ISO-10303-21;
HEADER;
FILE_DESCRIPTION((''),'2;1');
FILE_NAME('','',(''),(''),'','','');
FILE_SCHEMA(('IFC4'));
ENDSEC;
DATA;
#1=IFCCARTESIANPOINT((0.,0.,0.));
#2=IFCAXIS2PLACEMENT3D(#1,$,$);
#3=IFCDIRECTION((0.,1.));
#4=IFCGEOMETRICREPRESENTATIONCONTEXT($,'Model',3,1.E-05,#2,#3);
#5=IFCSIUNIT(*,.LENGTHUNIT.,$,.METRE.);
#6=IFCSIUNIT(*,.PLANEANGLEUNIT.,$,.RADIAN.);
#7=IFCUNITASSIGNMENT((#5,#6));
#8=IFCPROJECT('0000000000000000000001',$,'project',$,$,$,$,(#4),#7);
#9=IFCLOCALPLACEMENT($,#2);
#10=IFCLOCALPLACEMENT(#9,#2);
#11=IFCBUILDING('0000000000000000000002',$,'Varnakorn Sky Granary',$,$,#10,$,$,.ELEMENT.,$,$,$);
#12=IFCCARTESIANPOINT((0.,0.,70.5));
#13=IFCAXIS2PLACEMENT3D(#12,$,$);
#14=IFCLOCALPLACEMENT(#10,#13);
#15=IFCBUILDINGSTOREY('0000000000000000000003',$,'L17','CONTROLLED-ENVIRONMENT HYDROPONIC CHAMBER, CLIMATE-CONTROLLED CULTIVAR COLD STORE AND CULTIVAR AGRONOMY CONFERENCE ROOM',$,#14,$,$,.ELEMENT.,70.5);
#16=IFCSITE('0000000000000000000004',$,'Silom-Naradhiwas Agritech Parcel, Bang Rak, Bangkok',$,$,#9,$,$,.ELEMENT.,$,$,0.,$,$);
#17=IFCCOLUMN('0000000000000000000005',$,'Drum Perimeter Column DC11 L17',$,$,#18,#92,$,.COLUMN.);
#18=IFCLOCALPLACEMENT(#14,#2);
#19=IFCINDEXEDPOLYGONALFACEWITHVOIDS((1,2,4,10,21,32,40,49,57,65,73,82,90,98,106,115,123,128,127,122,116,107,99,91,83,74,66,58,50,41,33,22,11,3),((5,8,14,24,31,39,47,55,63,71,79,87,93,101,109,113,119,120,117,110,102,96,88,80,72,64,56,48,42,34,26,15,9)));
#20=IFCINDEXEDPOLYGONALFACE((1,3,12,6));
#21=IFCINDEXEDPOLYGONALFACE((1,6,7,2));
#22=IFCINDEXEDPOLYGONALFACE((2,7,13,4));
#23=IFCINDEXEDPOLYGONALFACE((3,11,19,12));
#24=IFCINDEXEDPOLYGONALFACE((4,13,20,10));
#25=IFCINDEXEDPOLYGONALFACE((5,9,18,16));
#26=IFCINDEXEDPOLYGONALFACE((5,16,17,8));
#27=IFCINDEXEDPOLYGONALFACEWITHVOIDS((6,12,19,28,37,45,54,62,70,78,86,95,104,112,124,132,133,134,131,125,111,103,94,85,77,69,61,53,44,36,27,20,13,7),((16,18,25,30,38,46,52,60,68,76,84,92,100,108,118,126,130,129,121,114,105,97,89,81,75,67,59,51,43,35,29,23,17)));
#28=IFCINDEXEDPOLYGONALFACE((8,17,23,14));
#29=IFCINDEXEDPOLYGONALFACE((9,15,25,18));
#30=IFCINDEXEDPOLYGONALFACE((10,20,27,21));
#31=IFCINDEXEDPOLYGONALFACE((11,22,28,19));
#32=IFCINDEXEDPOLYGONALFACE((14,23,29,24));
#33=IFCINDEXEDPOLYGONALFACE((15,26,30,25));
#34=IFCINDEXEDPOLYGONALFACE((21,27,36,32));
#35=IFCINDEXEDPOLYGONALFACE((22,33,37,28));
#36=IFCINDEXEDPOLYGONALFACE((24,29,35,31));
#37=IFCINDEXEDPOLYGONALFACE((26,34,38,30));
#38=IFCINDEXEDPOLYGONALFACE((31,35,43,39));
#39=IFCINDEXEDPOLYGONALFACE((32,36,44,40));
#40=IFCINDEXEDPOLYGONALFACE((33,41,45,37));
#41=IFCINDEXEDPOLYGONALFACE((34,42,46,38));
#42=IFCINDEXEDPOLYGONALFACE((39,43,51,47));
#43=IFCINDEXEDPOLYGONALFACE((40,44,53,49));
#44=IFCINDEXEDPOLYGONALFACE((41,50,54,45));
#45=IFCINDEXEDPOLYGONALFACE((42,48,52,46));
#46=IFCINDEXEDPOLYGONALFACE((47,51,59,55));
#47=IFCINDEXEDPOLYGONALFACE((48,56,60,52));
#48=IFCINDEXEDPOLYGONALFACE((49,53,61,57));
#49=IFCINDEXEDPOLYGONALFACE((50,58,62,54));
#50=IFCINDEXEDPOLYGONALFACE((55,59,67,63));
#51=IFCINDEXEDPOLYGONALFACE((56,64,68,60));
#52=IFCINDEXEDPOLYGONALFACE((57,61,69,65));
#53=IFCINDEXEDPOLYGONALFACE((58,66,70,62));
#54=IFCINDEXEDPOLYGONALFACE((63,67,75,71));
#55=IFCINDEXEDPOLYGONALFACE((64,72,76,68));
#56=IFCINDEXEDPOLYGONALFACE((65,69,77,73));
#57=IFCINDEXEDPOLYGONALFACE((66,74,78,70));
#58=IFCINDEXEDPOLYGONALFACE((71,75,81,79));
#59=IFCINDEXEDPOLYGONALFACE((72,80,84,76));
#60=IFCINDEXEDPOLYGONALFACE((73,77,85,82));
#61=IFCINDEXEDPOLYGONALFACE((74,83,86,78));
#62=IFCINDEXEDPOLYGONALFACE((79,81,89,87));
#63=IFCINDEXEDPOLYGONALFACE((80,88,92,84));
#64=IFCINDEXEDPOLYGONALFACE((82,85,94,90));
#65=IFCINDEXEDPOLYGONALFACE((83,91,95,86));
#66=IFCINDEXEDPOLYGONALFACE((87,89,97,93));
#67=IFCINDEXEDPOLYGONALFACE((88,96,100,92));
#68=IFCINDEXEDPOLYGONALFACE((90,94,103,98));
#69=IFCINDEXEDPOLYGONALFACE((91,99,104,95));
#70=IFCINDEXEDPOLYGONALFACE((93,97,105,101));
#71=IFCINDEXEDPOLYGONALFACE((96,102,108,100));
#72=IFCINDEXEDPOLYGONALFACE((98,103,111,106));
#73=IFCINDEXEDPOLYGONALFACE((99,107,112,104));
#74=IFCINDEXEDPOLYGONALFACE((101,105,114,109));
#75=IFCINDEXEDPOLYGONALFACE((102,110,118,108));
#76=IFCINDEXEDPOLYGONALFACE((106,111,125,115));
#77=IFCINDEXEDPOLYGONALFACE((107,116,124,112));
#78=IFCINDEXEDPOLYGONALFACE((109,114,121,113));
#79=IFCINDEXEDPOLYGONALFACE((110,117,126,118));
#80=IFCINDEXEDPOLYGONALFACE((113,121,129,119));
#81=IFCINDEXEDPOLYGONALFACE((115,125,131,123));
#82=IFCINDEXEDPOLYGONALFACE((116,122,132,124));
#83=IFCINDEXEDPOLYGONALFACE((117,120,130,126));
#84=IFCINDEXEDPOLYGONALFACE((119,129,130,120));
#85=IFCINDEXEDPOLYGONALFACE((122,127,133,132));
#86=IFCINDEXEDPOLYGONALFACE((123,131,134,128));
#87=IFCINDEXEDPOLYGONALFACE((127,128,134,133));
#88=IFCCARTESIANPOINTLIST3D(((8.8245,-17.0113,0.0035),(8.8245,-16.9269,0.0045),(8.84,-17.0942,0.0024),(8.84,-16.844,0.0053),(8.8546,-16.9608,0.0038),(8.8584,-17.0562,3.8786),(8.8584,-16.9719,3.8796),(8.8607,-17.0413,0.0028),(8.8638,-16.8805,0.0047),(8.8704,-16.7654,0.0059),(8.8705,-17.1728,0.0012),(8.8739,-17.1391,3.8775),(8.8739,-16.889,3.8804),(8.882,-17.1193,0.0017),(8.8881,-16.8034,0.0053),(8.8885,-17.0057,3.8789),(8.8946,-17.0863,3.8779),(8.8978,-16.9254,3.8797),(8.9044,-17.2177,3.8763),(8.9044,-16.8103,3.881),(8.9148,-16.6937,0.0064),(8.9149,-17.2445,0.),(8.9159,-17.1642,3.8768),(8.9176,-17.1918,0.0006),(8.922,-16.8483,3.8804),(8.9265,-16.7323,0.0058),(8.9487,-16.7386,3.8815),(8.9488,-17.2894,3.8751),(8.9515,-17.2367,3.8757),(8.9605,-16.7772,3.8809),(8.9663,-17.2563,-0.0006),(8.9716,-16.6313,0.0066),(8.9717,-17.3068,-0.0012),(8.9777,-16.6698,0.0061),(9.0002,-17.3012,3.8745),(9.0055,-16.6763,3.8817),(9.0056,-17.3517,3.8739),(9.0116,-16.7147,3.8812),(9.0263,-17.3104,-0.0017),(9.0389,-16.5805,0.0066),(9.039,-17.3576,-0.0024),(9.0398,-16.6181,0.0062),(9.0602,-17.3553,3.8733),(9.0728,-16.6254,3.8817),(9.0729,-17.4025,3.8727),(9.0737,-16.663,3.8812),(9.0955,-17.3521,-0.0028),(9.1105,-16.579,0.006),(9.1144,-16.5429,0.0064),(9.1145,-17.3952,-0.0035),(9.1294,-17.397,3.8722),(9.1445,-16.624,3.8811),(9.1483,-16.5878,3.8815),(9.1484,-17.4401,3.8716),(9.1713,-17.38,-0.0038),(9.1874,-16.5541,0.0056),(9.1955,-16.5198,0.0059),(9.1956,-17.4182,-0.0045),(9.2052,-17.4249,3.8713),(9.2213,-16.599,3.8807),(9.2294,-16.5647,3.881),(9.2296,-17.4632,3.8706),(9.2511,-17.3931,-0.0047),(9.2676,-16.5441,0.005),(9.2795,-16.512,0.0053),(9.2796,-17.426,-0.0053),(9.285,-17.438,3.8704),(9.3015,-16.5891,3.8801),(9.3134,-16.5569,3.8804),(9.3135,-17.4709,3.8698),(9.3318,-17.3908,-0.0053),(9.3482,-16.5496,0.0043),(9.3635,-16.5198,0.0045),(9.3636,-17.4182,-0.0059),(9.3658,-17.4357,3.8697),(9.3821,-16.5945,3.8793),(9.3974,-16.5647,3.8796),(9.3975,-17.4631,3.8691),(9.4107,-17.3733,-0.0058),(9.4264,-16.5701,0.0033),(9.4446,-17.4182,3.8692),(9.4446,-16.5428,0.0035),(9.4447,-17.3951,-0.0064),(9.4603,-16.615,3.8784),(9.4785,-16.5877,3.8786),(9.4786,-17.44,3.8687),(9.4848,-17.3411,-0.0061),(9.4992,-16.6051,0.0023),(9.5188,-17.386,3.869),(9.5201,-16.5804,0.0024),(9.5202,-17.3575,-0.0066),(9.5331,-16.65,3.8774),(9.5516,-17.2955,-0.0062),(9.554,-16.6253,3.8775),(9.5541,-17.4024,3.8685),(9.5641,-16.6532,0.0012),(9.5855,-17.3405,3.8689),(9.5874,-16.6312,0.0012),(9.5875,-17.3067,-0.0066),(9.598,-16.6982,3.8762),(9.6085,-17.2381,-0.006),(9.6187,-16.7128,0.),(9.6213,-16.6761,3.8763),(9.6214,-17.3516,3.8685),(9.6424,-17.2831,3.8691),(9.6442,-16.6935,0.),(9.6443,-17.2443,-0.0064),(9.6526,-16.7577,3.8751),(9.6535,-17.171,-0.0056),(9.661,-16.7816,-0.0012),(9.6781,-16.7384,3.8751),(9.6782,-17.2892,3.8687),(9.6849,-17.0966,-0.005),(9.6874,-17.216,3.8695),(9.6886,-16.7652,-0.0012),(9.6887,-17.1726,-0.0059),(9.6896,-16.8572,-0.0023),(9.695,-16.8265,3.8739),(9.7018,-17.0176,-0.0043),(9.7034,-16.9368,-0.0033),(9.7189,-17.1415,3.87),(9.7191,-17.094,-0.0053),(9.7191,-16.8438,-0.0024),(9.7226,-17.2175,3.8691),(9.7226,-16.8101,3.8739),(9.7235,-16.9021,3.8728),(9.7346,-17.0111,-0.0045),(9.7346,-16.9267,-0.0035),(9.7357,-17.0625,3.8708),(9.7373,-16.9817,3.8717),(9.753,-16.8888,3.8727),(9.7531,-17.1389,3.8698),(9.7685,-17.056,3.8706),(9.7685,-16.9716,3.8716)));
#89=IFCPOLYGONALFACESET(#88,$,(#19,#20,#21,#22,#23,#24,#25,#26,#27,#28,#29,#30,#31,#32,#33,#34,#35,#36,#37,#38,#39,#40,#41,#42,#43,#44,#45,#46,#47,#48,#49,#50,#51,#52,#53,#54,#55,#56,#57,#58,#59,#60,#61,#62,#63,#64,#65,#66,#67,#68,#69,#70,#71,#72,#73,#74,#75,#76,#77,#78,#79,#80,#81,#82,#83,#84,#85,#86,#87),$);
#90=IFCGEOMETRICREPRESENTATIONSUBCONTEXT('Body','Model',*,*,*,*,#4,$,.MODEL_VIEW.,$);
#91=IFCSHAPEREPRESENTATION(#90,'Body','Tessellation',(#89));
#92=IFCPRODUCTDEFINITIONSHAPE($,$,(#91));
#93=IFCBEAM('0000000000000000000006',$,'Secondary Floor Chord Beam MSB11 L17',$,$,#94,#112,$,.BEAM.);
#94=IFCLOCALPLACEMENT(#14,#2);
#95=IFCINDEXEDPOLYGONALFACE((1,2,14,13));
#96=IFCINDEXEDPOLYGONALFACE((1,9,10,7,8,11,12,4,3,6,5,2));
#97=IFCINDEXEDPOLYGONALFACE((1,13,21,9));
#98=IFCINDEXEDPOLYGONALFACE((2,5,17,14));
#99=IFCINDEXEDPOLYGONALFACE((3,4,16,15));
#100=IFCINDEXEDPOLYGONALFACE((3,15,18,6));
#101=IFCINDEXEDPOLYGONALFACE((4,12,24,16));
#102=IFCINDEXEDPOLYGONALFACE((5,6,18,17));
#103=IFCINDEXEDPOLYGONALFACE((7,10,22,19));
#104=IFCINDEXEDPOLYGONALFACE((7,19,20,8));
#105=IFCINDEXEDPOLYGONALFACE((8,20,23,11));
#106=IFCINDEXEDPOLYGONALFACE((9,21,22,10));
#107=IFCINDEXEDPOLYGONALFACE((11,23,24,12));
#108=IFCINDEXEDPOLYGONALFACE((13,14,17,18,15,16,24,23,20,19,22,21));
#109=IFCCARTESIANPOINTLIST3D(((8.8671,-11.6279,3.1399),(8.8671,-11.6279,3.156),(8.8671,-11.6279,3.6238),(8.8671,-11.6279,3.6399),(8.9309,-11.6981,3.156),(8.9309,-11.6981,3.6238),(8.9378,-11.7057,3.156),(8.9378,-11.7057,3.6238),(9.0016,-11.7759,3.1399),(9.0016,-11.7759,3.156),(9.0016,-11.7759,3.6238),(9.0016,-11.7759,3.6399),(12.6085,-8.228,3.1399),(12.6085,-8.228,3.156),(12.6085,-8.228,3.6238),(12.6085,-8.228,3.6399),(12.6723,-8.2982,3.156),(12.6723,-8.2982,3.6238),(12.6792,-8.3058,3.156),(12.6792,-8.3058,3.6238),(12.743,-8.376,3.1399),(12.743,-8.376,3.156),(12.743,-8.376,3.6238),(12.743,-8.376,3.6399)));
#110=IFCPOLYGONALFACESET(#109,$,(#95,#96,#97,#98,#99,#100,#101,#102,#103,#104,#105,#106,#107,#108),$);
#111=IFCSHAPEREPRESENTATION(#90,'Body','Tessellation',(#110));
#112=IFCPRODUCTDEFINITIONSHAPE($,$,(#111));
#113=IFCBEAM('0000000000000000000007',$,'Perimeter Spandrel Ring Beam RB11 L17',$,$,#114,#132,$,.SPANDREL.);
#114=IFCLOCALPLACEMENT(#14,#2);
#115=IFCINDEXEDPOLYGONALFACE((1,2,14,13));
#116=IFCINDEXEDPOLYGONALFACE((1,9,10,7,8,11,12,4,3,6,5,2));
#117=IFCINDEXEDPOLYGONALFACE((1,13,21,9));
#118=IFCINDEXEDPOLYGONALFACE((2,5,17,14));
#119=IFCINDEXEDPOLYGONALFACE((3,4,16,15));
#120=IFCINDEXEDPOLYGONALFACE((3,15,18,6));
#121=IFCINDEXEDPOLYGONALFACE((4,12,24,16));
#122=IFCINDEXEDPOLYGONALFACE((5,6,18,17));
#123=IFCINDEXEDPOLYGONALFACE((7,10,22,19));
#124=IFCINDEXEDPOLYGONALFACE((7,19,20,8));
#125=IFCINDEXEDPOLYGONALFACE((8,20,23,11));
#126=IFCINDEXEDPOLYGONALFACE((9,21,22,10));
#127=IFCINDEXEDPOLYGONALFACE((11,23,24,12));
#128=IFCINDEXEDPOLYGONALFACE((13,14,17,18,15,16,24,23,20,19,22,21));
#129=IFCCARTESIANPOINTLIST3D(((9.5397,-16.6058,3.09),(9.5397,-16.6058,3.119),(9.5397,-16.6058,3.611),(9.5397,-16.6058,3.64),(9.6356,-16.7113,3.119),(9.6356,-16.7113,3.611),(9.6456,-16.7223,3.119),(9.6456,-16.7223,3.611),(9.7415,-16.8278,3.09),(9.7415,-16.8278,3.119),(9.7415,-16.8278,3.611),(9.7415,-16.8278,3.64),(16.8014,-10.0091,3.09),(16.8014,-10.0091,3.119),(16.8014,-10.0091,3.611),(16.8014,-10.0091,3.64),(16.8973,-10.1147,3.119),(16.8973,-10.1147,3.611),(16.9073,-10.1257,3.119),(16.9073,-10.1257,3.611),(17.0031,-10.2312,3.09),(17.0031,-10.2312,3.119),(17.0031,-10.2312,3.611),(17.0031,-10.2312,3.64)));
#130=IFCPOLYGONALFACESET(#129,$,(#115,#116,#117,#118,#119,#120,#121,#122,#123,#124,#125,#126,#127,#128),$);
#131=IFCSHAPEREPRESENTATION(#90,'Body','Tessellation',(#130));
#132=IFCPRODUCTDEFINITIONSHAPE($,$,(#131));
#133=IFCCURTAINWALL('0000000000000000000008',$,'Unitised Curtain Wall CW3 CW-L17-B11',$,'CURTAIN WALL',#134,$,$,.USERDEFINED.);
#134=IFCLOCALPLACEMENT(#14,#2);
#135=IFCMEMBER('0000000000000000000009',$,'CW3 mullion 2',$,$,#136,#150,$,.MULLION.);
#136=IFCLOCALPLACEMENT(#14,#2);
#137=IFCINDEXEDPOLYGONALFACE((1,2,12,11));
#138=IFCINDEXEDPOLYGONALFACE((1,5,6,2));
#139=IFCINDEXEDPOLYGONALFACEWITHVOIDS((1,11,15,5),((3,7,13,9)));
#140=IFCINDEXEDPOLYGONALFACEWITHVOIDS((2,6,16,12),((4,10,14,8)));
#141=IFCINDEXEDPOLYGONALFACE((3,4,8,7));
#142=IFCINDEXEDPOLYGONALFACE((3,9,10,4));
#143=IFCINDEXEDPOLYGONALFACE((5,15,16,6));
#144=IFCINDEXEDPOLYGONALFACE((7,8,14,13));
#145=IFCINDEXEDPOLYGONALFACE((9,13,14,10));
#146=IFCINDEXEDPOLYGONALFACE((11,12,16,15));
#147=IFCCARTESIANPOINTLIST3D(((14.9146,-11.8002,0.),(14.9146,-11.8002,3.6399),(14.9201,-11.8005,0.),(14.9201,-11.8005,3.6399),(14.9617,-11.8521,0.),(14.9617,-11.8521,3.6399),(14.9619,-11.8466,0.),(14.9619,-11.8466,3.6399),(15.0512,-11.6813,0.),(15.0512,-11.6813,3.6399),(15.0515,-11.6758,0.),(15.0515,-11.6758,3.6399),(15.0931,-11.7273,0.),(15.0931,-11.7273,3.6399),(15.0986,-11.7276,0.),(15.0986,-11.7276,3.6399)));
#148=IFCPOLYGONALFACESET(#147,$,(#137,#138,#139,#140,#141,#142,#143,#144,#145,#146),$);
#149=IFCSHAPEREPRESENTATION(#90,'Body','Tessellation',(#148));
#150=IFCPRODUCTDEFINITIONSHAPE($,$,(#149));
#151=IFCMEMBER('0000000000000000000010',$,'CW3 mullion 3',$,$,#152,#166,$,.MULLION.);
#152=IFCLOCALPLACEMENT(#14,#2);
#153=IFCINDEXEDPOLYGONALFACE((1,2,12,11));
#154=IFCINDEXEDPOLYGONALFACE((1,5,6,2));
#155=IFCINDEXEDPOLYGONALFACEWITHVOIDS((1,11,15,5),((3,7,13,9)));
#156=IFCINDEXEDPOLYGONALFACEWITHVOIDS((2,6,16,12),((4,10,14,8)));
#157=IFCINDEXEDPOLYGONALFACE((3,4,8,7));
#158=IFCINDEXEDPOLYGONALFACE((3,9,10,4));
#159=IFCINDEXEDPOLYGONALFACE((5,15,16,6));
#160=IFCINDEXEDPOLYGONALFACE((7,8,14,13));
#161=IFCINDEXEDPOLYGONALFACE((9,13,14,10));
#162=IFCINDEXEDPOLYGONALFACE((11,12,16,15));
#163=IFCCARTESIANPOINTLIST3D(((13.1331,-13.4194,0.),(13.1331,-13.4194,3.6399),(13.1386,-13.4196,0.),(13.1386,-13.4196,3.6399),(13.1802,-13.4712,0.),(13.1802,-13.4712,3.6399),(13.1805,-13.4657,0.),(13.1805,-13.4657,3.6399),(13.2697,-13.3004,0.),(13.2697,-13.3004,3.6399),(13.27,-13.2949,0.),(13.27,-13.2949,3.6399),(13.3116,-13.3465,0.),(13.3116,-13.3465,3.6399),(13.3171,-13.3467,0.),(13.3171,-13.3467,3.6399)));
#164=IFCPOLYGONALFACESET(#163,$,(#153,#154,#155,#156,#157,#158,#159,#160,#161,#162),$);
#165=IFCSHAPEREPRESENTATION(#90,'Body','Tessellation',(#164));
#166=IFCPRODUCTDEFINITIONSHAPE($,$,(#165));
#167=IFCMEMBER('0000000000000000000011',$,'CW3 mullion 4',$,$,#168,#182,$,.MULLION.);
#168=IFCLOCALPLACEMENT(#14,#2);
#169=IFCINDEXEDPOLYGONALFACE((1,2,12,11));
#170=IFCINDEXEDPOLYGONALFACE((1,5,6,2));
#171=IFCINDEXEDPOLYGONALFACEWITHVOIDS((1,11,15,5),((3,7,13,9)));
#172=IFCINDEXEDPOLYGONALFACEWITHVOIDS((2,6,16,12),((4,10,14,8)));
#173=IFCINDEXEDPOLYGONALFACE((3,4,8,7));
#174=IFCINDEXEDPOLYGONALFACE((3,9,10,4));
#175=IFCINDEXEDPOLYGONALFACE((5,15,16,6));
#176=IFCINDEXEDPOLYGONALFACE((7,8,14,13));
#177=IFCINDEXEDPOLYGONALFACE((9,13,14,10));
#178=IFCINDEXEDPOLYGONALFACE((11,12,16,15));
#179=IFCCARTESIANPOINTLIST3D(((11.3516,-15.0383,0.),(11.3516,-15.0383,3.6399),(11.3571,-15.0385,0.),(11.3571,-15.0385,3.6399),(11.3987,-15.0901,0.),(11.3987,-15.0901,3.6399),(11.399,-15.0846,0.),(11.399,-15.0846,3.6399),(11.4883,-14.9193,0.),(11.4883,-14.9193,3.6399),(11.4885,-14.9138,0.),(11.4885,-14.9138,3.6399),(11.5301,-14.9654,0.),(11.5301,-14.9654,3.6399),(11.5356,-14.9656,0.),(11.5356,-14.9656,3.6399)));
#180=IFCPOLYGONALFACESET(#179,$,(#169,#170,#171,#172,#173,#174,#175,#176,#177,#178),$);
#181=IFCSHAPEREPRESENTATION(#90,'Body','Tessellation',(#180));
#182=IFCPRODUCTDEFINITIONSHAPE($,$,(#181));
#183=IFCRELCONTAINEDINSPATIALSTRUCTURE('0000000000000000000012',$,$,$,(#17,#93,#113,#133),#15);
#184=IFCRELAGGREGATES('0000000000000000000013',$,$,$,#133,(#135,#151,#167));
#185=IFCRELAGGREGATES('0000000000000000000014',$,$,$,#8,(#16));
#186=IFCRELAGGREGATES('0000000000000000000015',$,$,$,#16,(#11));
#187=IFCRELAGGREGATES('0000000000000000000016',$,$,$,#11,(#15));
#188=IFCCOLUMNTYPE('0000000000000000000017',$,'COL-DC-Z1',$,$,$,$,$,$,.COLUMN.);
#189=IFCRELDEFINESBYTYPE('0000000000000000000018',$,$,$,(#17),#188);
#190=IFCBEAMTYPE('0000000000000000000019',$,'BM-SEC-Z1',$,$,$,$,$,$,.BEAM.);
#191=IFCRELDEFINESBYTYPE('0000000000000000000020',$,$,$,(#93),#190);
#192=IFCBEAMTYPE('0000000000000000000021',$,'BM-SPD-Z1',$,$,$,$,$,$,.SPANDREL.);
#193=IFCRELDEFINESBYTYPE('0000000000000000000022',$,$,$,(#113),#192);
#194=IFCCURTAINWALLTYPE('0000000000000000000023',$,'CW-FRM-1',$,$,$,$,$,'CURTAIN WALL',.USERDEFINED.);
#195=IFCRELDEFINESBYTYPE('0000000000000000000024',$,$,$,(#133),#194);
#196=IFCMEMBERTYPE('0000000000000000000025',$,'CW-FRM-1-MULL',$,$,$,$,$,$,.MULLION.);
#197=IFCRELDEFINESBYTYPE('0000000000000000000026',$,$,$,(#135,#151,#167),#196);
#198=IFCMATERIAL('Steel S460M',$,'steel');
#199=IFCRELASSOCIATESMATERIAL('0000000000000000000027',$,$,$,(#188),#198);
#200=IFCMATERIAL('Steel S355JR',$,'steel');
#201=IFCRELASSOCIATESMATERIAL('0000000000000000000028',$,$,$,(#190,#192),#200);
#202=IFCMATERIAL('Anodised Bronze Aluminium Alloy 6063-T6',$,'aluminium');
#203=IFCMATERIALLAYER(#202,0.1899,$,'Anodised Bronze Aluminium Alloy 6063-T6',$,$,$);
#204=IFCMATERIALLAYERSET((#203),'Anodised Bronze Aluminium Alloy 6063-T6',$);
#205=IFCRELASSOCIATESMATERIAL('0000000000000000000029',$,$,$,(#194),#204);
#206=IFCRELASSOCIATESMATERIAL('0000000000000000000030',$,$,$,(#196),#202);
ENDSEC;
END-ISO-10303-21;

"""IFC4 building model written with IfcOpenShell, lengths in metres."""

from ifc_helpers import new_model, si_unit, direction, frame, origin, origin_2d, place, context, subcontext, project, spatial, hollow_rectangle, hollow_circle, i_section, extrude, material, layer, layer_set, material_profile, profile_set, type_object, element, aggregate, save


model = new_model("IFC4")

# Units and contexts
model_context = context("Model", 3, precision=1e-05, world=origin(), true_north=direction((0.0, 1.0)))
body_context = subcontext(model_context, "Body", "Model", "MODEL_VIEW")
ifc_project = project(units=[si_unit("LENGTHUNIT", "METRE"), si_unit("PLANEANGLEUNIT", "RADIAN")], contexts=[model_context])

# Site, building, storey
site_placement = place(None, origin())
site = spatial("IfcSite", under=ifc_project, at=site_placement, Name="Silom-Naradhiwas Agritech Parcel, Bang Rak, Bangkok", CompositionType="ELEMENT", RefElevation=0.0)
building_placement = place(site_placement, origin())
building = spatial("IfcBuilding", under=site, at=building_placement, Name="Varnakorn Sky Granary", CompositionType="ELEMENT")
storey_placement = place(building_placement, frame((0.0, 0.0, 70.5)))
storey = spatial("IfcBuildingStorey", under=building, at=storey_placement, Name="L17", Description="CONTROLLED-ENVIRONMENT HYDROPONIC CHAMBER, CLIMATE-CONTROLLED CULTIVAR COLD STORE AND CULTIVAR AGRONOMY CONFERENCE ROOM", CompositionType="ELEMENT", Elevation=70.5)

# Column
ifc_material_1 = material(Name="Steel S460M", Category="steel")
ifc_material_profile_1 = material_profile(ifc_material_1, hollow_circle(Radius=0.457, WallThickness=0.032, at=origin_2d()), Name="CHS 914x32")
ifc_profile_set_1 = profile_set([ifc_material_profile_1], Name="Steel S460M")
column_type = type_object("IfcColumnType", Name="COL-DC-Z1", PredefinedType="COLUMN", material=ifc_profile_set_1)
column_placement = place(storey_placement, frame((9.2795, -16.969, 0.0), z_axis=(0.008757, -0.011592, 0.999894), x_axis=(0.797914, 0.602772, 0.0)))
element("IfcColumn", 1, at=column_placement, inside=storey, type_object=column_type, Name="Drum Perimeter Column DC11 L17", PredefinedType="COLUMN", context=body_context, shape_type="SweptSolid", body=[
    extrude(hollow_circle(Radius=0.457, WallThickness=0.032, at=origin_2d()), origin(), (0.0, 0.0, 1.0), 3.8755),
])

# Beams
ifc_material_2 = material(Name="Steel S355JR", Category="steel")
ifc_material_profile_2 = material_profile(ifc_material_2, i_section(OverallWidth=0.2, OverallDepth=0.5, WebThickness=0.0103, FlangeThickness=0.0161, at=origin_2d()), Name="IPE 500")
ifc_profile_set_2 = profile_set([ifc_material_profile_2], Name="Steel S355JR")
beam_type_1 = type_object("IfcBeamType", Name="BM-SEC-Z1", PredefinedType="BEAM", material=ifc_profile_set_2)
beam_1_placement = place(storey_placement, frame((8.9343, -11.7019, 3.3899), z_axis=(0.74008, 0.672519, 0.0), x_axis=(-0.672519, 0.74008, 0.0)))
element("IfcBeam", 2, at=beam_1_placement, inside=storey, type_object=beam_type_1, Name="Secondary Floor Chord Beam MSB11 L17", PredefinedType="BEAM", context=body_context, shape_type="SweptSolid", body=[
    extrude(i_section(OverallWidth=0.2, OverallDepth=0.5, WebThickness=0.0103, FlangeThickness=0.0161, at=origin_2d()), origin(), (0.0, 0.0, 1.0), 5.0554),
])
ifc_material_profile_3 = material_profile(ifc_material_2, i_section(OverallWidth=0.3, OverallDepth=0.55, WebThickness=0.0149, FlangeThickness=0.0291, at=origin_2d()), Name="HE 550 B")
ifc_profile_set_3 = profile_set([ifc_material_profile_3], Name="Steel S355JR")
beam_type_2 = type_object("IfcBeamType", Name="BM-SPD-Z1", PredefinedType="SPANDREL", material=ifc_profile_set_3)
beam_2_placement = place(storey_placement, frame((9.6406, -16.7168, 3.365), z_axis=(0.740188, 0.6724, 0.0), x_axis=(-0.6724, 0.740188, 0.0)))
element("IfcBeam", 3, at=beam_2_placement, inside=storey, type_object=beam_type_2, Name="Perimeter Spandrel Ring Beam RB11 L17", PredefinedType="SPANDREL", context=body_context, shape_type="SweptSolid", body=[
    extrude(i_section(OverallWidth=0.3, OverallDepth=0.55, WebThickness=0.0149, FlangeThickness=0.0291, at=origin_2d()), origin(), (0.0, 0.0, 1.0), 9.8105),
])

# Curtain wall, members
ifc_material_3 = material(Name="Anodised Bronze Aluminium Alloy 6063-T6", Category="aluminium")
ifc_layer_1 = layer(ifc_material_3, 0.1899, Name="Anodised Bronze Aluminium Alloy 6063-T6")
ifc_layer_set_1 = layer_set([ifc_layer_1], Name="Anodised Bronze Aluminium Alloy 6063-T6")
curtain_wall_type = type_object("IfcCurtainWallType", Name="CW-FRM-1", ElementType="CURTAIN WALL", PredefinedType="USERDEFINED", material=ifc_layer_set_1)
curtain_wall_placement = place(storey_placement, origin())
curtain_wall = element("IfcCurtainWall", 4, at=curtain_wall_placement, inside=storey, type_object=curtain_wall_type, Name="Unitised Curtain Wall CW3 CW-L17-B11", ObjectType="CURTAIN WALL", PredefinedType="USERDEFINED")
ifc_material_profile_4 = material_profile(ifc_material_3, hollow_rectangle(XDim=0.0701, YDim=0.1851, WallThickness=0.0039, at=origin_2d()), Name="ALU MULL 70x185")
ifc_profile_set_4 = profile_set([ifc_material_profile_4], Name="Anodised Bronze Aluminium Alloy 6063-T6")
member_type_1 = type_object("IfcMemberType", Name="CW-FRM-1-MULL", PredefinedType="MULLION", material=ifc_profile_set_4)
member_1_placement = place(storey_placement, frame((15.0066, -11.7639, 0.0), z_axis=(0.0, 0.0, 1.0), x_axis=(0.672582, -0.740022, 0.0)))
member_1 = element("IfcMember", 5, at=member_1_placement, type_object=member_type_1, Name="CW3 mullion 2", PredefinedType="MULLION", context=body_context, shape_type="SweptSolid", body=[
    extrude(hollow_rectangle(XDim=0.0701, YDim=0.1851, WallThickness=0.0039, at=origin_2d()), origin(), (0.0, 0.0, 1.0), 3.6399),
])
member_2_placement = place(storey_placement, frame((13.2251, -13.3831, 0.0), z_axis=(0.0, 0.0, 1.0), x_axis=(0.672582, -0.740022, 0.0)))
member_2 = element("IfcMember", 6, at=member_2_placement, type_object=member_type_1, Name="CW3 mullion 3", PredefinedType="MULLION", context=body_context, shape_type="SweptSolid", body=[
    extrude(hollow_rectangle(XDim=0.0701, YDim=0.1851, WallThickness=0.0039, at=origin_2d()), origin(), (0.0, 0.0, 1.0), 3.6399),
])
member_3_placement = place(storey_placement, frame((11.4436, -15.002, 0.0), z_axis=(0.0, 0.0, 1.0), x_axis=(0.672582, -0.740022, 0.0)))
member_3 = element("IfcMember", 7, at=member_3_placement, type_object=member_type_1, Name="CW3 mullion 4", PredefinedType="MULLION", context=body_context, shape_type="SweptSolid", body=[
    extrude(hollow_rectangle(XDim=0.0701, YDim=0.1851, WallThickness=0.0039, at=origin_2d()), origin(), (0.0, 0.0, 1.0), 3.6399),
])

aggregate(curtain_wall, [member_1, member_2, member_3])

save(model, "model.ifc")
